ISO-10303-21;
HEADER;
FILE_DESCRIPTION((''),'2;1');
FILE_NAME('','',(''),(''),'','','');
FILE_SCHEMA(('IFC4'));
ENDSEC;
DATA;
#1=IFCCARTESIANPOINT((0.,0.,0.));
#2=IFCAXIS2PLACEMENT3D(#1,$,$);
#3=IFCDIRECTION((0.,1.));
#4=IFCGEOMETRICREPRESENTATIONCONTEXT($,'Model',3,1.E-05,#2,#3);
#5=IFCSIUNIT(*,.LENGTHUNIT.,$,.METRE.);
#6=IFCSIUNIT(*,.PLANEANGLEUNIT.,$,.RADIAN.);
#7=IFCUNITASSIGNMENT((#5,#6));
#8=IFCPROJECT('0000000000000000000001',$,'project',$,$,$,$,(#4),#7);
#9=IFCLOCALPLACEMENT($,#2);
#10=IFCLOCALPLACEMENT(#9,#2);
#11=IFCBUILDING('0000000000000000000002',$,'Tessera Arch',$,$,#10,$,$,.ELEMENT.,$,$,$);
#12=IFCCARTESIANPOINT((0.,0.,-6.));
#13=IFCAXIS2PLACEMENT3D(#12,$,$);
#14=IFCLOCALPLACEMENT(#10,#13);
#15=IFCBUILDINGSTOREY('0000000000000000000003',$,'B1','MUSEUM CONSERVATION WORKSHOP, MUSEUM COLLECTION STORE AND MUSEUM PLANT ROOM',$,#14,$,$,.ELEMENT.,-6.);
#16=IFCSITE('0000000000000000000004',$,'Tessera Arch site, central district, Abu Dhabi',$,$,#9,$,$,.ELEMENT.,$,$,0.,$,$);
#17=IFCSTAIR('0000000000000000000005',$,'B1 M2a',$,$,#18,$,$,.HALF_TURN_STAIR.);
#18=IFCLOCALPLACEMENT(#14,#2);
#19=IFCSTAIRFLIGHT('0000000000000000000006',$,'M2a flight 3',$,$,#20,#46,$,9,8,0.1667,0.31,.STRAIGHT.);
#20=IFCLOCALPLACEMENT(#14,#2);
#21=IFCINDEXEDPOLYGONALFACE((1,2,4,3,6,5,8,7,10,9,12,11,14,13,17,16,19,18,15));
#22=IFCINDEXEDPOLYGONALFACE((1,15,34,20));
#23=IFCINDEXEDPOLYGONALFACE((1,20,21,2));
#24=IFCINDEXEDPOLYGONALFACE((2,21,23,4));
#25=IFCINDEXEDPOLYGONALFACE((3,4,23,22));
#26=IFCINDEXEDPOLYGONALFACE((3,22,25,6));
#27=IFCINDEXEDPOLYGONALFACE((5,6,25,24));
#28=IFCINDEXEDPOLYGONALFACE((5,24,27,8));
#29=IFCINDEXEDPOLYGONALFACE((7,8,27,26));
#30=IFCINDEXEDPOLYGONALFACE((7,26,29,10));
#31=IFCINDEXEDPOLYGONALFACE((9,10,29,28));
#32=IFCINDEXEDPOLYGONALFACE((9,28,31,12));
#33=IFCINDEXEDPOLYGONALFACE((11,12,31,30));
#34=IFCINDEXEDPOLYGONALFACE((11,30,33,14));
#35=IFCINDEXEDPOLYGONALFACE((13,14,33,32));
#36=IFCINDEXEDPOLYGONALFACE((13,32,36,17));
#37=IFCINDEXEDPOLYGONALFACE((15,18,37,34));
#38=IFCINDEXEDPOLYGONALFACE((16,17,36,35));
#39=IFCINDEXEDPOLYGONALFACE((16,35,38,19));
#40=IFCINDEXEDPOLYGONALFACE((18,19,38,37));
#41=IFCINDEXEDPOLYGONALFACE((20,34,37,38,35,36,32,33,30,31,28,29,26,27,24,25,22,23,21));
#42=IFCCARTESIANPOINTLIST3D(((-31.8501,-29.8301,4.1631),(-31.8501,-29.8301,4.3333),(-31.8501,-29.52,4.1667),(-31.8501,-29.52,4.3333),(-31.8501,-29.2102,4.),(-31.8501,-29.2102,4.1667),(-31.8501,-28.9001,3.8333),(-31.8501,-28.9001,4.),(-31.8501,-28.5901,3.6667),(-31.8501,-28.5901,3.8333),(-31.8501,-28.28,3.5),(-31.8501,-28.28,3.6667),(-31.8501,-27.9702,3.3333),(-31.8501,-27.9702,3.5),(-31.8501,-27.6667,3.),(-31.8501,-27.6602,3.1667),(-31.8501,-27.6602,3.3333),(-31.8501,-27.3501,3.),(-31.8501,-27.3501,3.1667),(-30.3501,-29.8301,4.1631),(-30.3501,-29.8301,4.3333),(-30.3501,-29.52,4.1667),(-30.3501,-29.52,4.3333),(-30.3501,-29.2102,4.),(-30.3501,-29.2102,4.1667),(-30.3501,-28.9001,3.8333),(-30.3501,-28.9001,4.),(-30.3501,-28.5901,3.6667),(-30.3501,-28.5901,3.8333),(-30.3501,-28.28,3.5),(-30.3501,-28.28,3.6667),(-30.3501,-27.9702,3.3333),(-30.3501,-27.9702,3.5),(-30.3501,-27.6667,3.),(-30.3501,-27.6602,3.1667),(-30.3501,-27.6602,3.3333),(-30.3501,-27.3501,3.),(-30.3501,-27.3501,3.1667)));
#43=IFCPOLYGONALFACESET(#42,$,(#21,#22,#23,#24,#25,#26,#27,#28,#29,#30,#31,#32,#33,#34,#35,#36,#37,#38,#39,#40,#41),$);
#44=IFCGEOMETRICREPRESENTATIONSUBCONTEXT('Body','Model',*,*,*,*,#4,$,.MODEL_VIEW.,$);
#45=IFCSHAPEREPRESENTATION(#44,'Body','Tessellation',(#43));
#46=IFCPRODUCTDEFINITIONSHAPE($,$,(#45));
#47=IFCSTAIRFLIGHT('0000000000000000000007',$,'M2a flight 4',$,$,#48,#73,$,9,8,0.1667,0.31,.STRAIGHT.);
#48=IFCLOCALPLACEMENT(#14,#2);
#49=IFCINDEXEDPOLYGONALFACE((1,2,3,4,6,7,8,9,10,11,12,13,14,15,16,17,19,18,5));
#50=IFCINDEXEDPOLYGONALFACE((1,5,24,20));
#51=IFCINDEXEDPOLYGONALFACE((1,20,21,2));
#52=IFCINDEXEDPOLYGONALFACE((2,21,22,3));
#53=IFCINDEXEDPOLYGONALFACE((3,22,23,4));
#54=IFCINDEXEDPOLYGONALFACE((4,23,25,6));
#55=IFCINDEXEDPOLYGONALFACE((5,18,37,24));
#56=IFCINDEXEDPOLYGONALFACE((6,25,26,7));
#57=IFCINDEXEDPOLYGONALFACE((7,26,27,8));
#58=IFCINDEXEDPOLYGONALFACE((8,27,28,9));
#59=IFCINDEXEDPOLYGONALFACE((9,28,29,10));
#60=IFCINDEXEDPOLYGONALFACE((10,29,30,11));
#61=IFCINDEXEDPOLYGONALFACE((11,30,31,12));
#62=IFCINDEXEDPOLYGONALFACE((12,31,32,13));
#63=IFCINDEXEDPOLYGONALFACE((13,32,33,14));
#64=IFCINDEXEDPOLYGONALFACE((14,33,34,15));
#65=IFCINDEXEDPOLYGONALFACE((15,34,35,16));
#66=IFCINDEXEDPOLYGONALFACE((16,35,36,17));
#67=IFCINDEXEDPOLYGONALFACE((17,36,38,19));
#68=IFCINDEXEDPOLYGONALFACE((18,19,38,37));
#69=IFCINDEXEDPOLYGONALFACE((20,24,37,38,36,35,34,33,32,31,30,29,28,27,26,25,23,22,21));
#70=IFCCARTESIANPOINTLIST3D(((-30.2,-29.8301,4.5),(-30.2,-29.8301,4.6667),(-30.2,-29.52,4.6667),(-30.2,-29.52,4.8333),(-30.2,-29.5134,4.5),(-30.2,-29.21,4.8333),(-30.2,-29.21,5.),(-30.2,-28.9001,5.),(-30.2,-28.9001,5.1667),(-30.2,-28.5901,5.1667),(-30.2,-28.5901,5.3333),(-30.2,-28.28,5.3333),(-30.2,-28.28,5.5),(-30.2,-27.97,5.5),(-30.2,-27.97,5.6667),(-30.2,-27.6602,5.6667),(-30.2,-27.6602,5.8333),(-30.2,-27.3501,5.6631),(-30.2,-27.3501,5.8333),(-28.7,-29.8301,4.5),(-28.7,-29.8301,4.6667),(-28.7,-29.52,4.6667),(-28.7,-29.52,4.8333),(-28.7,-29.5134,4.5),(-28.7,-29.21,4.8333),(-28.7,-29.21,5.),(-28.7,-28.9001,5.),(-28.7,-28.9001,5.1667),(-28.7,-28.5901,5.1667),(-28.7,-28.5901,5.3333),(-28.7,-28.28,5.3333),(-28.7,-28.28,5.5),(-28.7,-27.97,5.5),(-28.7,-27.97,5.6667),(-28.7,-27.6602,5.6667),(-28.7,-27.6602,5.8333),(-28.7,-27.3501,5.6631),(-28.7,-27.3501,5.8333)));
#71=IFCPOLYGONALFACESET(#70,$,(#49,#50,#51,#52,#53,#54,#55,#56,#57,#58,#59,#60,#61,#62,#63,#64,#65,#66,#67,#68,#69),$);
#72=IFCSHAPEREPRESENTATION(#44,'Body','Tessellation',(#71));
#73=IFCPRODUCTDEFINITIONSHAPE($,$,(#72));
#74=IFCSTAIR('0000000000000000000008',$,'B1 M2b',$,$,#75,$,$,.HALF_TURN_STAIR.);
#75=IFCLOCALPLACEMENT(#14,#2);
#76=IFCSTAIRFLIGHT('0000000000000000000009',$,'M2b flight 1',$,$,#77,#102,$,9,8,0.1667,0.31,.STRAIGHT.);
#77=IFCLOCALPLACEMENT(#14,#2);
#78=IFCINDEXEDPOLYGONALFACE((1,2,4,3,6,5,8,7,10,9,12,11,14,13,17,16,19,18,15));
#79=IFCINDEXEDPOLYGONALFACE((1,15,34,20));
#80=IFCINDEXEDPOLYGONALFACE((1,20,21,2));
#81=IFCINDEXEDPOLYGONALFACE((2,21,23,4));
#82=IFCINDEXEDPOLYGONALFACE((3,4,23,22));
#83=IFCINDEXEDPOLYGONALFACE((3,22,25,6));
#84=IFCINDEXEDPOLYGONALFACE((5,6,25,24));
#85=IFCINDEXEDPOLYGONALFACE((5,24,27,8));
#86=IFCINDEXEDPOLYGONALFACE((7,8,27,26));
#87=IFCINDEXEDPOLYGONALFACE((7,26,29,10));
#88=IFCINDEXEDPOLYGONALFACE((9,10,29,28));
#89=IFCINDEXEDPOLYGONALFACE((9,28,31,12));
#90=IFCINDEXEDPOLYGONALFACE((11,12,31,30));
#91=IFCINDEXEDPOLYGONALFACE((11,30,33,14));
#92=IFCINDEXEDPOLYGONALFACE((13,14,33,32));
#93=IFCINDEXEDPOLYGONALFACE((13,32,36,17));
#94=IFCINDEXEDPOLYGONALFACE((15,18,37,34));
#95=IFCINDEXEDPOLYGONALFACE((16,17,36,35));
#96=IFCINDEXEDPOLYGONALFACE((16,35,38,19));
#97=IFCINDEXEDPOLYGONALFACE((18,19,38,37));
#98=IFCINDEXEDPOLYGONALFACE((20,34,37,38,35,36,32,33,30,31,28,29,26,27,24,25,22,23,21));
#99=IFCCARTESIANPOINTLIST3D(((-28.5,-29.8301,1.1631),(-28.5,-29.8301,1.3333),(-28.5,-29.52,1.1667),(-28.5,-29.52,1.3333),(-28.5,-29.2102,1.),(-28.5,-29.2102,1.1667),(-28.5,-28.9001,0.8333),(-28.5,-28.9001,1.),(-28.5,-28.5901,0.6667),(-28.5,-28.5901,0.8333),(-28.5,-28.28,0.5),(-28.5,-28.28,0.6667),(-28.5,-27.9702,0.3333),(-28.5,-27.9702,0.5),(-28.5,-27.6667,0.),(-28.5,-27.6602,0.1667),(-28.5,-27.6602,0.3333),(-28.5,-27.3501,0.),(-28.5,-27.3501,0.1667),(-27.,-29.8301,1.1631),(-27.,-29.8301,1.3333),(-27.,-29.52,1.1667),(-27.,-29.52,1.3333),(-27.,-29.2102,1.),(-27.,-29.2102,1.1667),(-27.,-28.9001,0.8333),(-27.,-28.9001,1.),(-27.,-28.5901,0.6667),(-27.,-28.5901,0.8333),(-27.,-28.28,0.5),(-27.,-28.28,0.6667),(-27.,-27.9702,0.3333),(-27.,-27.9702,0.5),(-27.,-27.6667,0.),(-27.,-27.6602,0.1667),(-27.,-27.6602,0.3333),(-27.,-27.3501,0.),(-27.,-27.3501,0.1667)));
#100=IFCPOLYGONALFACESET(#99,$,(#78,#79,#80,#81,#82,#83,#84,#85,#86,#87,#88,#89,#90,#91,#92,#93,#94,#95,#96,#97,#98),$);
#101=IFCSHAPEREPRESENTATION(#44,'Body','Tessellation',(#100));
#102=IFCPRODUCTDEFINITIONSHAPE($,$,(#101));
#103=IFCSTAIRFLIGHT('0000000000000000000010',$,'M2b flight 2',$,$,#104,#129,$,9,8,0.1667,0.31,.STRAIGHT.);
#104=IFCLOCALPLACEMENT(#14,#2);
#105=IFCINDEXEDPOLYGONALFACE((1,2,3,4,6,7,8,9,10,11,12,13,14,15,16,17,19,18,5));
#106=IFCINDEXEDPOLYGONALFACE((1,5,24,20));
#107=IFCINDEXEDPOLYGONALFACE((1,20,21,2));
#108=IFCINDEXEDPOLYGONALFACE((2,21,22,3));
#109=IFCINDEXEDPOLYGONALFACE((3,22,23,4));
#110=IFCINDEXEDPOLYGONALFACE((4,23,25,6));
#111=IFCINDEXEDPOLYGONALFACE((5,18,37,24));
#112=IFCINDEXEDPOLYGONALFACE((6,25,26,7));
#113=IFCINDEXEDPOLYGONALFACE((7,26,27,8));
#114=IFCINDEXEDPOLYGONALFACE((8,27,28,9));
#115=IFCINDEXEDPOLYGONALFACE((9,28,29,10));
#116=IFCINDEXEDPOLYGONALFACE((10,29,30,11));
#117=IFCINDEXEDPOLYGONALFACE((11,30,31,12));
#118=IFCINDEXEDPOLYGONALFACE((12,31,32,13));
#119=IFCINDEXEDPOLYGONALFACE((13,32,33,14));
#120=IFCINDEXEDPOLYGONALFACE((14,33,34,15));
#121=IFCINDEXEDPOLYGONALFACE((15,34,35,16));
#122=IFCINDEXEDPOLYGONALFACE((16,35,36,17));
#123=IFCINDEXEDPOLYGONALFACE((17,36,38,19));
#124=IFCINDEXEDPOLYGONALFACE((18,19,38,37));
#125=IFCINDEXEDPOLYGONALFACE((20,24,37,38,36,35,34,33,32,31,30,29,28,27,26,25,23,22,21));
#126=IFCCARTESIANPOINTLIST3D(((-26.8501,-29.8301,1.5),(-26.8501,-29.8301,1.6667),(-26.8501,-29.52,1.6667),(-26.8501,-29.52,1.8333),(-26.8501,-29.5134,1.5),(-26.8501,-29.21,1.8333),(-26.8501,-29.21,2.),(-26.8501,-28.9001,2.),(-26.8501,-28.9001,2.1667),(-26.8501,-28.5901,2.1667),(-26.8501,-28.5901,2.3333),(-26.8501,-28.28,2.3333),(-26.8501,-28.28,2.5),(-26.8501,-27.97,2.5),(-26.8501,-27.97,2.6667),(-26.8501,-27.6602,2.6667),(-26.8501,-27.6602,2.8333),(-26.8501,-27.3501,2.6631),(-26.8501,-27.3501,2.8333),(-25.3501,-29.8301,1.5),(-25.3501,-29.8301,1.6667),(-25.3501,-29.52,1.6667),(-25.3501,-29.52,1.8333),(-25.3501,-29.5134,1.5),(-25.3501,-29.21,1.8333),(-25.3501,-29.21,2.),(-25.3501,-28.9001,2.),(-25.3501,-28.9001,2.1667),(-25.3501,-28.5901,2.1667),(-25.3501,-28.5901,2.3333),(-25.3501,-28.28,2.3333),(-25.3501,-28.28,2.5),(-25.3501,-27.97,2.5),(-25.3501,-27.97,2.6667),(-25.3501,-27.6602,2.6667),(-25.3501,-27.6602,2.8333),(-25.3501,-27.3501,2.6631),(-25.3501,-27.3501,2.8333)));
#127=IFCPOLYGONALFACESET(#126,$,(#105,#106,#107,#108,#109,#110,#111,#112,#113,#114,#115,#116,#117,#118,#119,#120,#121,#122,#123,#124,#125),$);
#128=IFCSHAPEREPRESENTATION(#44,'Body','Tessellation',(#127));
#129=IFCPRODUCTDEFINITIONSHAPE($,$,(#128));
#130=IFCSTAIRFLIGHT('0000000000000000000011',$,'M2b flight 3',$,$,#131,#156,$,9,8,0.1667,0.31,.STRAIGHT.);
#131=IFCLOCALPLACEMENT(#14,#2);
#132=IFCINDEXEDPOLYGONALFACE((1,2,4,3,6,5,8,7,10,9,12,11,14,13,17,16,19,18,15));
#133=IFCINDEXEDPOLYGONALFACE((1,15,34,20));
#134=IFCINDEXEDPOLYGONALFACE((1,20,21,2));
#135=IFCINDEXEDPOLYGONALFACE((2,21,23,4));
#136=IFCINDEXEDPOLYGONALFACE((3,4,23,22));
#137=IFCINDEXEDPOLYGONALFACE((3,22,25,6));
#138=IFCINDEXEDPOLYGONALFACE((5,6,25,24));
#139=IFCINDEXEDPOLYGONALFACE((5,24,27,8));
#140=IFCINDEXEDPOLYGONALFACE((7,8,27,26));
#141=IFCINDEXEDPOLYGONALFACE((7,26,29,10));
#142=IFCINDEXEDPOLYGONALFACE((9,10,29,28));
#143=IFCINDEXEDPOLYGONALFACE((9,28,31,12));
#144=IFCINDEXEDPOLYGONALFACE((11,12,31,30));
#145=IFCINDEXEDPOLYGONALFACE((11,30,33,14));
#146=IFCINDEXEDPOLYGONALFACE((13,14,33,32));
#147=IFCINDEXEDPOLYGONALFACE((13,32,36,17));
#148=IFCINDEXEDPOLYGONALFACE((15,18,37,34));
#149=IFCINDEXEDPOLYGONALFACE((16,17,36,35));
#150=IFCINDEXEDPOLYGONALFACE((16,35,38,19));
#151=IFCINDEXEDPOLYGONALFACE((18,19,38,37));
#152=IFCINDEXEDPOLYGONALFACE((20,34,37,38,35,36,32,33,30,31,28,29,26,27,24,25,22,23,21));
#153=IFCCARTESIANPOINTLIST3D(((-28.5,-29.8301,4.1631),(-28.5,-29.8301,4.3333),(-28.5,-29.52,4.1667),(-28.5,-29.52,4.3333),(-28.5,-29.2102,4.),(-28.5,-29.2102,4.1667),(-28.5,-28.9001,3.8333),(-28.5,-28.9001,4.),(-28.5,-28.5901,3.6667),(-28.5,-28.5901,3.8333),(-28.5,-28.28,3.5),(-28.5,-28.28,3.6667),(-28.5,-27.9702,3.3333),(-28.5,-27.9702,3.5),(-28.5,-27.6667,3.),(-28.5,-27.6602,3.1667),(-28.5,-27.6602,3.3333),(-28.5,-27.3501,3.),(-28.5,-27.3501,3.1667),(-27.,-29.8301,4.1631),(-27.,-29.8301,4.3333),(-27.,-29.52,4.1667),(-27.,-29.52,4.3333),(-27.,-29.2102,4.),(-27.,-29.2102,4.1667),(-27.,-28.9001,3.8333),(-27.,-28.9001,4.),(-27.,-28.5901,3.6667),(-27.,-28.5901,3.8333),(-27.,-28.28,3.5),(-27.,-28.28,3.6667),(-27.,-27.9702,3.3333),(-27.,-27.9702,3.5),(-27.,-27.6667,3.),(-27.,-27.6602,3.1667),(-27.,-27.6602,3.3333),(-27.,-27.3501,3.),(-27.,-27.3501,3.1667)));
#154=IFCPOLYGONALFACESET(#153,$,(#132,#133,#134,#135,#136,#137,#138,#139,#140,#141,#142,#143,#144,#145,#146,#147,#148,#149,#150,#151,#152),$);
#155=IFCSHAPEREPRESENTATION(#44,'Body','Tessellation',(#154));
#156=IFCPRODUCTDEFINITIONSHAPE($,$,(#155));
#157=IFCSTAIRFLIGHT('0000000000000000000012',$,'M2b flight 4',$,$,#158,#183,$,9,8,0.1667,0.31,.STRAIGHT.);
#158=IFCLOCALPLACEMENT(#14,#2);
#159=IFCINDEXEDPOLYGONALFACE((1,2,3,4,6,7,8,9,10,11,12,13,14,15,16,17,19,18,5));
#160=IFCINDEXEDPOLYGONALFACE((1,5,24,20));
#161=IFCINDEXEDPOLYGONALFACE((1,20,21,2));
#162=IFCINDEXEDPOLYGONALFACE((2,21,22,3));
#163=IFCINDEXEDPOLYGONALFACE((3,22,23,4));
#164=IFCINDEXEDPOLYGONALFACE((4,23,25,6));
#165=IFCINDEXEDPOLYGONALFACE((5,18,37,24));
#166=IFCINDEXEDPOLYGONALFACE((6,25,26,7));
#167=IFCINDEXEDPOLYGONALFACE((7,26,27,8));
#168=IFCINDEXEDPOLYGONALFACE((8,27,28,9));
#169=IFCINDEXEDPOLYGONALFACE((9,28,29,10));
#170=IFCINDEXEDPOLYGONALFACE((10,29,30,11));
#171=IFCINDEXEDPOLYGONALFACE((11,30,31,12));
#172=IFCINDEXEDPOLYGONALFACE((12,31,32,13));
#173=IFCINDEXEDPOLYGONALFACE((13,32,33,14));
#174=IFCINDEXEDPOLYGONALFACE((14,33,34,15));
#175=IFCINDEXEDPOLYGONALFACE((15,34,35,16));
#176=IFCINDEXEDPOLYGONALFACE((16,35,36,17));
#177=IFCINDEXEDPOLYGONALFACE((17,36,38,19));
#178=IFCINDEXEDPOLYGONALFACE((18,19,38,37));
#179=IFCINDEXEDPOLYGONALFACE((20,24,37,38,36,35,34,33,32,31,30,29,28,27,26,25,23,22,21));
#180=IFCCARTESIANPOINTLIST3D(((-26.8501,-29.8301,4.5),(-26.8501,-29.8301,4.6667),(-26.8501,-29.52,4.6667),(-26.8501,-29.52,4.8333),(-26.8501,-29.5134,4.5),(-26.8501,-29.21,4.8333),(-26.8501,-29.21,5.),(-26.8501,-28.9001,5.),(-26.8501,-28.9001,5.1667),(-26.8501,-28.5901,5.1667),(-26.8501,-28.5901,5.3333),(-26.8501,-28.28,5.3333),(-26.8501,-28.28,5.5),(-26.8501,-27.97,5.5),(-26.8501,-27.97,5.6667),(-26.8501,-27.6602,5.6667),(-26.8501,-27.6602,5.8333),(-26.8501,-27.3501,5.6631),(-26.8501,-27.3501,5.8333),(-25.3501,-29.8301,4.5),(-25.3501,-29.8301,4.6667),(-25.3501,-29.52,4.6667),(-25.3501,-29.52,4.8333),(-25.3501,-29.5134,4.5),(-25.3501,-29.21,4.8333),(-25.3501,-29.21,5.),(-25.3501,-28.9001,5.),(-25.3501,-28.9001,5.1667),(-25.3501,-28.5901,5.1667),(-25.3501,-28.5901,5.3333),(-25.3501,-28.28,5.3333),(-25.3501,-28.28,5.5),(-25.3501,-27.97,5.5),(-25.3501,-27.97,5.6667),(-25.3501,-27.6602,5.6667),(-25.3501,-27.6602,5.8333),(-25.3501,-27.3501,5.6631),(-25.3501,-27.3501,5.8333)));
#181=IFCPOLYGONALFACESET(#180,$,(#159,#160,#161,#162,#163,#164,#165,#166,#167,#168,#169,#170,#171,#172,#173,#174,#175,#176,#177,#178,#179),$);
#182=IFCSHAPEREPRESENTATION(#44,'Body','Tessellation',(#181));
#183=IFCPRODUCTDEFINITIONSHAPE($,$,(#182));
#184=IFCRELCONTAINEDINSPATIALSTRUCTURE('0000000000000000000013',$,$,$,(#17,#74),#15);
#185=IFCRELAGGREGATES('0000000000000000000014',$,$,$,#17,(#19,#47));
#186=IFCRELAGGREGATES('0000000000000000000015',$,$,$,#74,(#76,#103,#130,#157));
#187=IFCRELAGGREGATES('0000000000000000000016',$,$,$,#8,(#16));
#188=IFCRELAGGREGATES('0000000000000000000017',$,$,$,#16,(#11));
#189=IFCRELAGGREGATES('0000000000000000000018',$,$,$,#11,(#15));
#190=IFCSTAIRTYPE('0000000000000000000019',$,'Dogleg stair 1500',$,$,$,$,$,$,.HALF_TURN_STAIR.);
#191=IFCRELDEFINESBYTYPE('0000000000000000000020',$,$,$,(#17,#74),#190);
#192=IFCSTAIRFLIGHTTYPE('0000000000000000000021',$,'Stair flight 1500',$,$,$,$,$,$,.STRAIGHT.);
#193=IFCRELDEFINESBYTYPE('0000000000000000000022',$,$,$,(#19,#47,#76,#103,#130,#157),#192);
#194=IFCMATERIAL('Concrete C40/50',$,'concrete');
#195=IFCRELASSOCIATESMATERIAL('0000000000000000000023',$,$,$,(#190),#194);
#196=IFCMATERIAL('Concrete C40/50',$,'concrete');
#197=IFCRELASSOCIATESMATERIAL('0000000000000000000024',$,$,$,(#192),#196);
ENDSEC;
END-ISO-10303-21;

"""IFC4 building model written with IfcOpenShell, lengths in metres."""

from ifc_helpers import new_model, si_unit, direction, frame, origin, place, context, subcontext, project, spatial, polyline, outline, extrude, material, type_object, element, aggregate, save


model = new_model("IFC4")

# Units and contexts
model_context = context("Model", 3, precision=1e-05, world=origin(), true_north=direction((0.0, 1.0)))
body_context = subcontext(model_context, "Body", "Model", "MODEL_VIEW")
ifc_project = project(units=[si_unit("LENGTHUNIT", "METRE"), si_unit("PLANEANGLEUNIT", "RADIAN")], contexts=[model_context])

# Site, building, storey
site_placement = place(None, origin())
site = spatial("IfcSite", under=ifc_project, at=site_placement, Name="Tessera Arch site, central district, Abu Dhabi", CompositionType="ELEMENT", RefElevation=0.0)
building_placement = place(site_placement, origin())
building = spatial("IfcBuilding", under=site, at=building_placement, Name="Tessera Arch", CompositionType="ELEMENT")
storey_placement = place(building_placement, frame((0.0, 0.0, -6.0)))
storey = spatial("IfcBuildingStorey", under=building, at=storey_placement, Name="B1", Description="MUSEUM CONSERVATION WORKSHOP, MUSEUM COLLECTION STORE AND MUSEUM PLANT ROOM", CompositionType="ELEMENT", Elevation=-6.0)

# Stairs, stair flights
ifc_material_1 = material(Name="Concrete C40/50", Category="concrete")
stair_type = type_object("IfcStairType", Name="Dogleg stair 1500", PredefinedType="HALF_TURN_STAIR", material=ifc_material_1)
stair_1_placement = place(storey_placement, origin())
stair_1 = element("IfcStair", 1, at=stair_1_placement, inside=storey, type_object=stair_type, Name="B1 M2a", PredefinedType="HALF_TURN_STAIR")
ifc_material_2 = material(Name="Concrete C40/50", Category="concrete")
stair_flight_type = type_object("IfcStairFlightType", Name="Stair flight 1500", PredefinedType="STRAIGHT", material=ifc_material_2)
stair_flight_1_placement = place(storey_placement, frame((-31.1001, -27.3501, 3.0), z_axis=(0.0, 0.0, 1.0), x_axis=(0.0, -1.0, 0.0)))
stair_flight_1 = element("IfcStairFlight", 2, at=stair_flight_1_placement, type_object=stair_flight_type, Name="M2a flight 3", NumberOfRisers=9, NumberOfTreads=8, PredefinedType="STRAIGHT", RiserHeight=0.1667, TreadLength=0.31, context=body_context, shape_type="SweptSolid", body=[
    extrude(outline(polyline([(0.0, 0.0), (0.0, 0.1667), (0.3101, 0.1667), (0.3101, 0.3333), (0.6201, 0.3333), (0.6201, 0.5), (0.9299, 0.5), (0.9299, 0.6667), (1.24, 0.6667), (1.24, 0.8333), (1.55, 0.8333), (1.55, 1.0), (1.8601, 1.0), (1.8601, 1.1667), (2.1699, 1.1667), (2.1699, 1.3333), (2.48, 1.3333), (2.48, 1.5), (2.48, 1.1631), (0.3167, 0.0), (0.0, 0.0)])), frame((0.0, 0.75, 0.0), z_axis=(0.0, -1.0, 0.0), x_axis=(1.0, 0.0, 0.0)), (0.0, 0.0, 1.0), 1.5),
])
stair_flight_2_placement = place(storey_placement, frame((-29.45, -29.8301, 4.5), z_axis=(0.0, 0.0, 1.0), x_axis=(0.0, 1.0, 0.0)))
stair_flight_2 = element("IfcStairFlight", 3, at=stair_flight_2_placement, type_object=stair_flight_type, Name="M2a flight 4", NumberOfRisers=9, NumberOfTreads=8, PredefinedType="STRAIGHT", RiserHeight=0.1667, TreadLength=0.31, context=body_context, shape_type="SweptSolid", body=[
    extrude(outline(polyline([(0.0, 0.0), (0.0, 0.1667), (0.3101, 0.1667), (0.3101, 0.3333), (0.6201, 0.3333), (0.6201, 0.5), (0.9299, 0.5), (0.9299, 0.6667), (1.24, 0.6667), (1.24, 0.8333), (1.55, 0.8333), (1.55, 1.0), (1.8601, 1.0), (1.8601, 1.1667), (2.1699, 1.1667), (2.1699, 1.3333), (2.48, 1.3333), (2.48, 1.5), (2.48, 1.1631), (0.3167, 0.0), (0.0, 0.0)])), frame((0.0, 0.75, 0.0), z_axis=(0.0, -1.0, 0.0), x_axis=(1.0, 0.0, 0.0)), (0.0, 0.0, 1.0), 1.5),
])
aggregate(stair_1, [stair_flight_1, stair_flight_2])
stair_2_placement = place(storey_placement, origin())
stair_2 = element("IfcStair", 4, at=stair_2_placement, inside=storey, type_object=stair_type, Name="B1 M2b", PredefinedType="HALF_TURN_STAIR")
stair_flight_3_placement = place(storey_placement, frame((-27.75, -27.3501, 0.0), z_axis=(0.0, 0.0, 1.0), x_axis=(0.0, -1.0, 0.0)))
stair_flight_3 = element("IfcStairFlight", 5, at=stair_flight_3_placement, type_object=stair_flight_type, Name="M2b flight 1", NumberOfRisers=9, NumberOfTreads=8, PredefinedType="STRAIGHT", RiserHeight=0.1667, TreadLength=0.31, context=body_context, shape_type="SweptSolid", body=[
    extrude(outline(polyline([(0.0, 0.0), (0.0, 0.1667), (0.3101, 0.1667), (0.3101, 0.3333), (0.6201, 0.3333), (0.6201, 0.5), (0.9299, 0.5), (0.9299, 0.6667), (1.24, 0.6667), (1.24, 0.8333), (1.55, 0.8333), (1.55, 1.0), (1.8601, 1.0), (1.8601, 1.1667), (2.1699, 1.1667), (2.1699, 1.3333), (2.48, 1.3333), (2.48, 1.5), (2.48, 1.1631), (0.3167, 0.0), (0.0, 0.0)])), frame((0.0, 0.75, 0.0), z_axis=(0.0, -1.0, 0.0), x_axis=(1.0, 0.0, 0.0)), (0.0, 0.0, 1.0), 1.5),
])
stair_flight_4_placement = place(storey_placement, frame((-26.1001, -29.8301, 1.5), z_axis=(0.0, 0.0, 1.0), x_axis=(0.0, 1.0, 0.0)))
stair_flight_4 = element("IfcStairFlight", 6, at=stair_flight_4_placement, type_object=stair_flight_type, Name="M2b flight 2", NumberOfRisers=9, NumberOfTreads=8, PredefinedType="STRAIGHT", RiserHeight=0.1667, TreadLength=0.31, context=body_context, shape_type="SweptSolid", body=[
    extrude(outline(polyline([(0.0, 0.0), (0.0, 0.1667), (0.3101, 0.1667), (0.3101, 0.3333), (0.6201, 0.3333), (0.6201, 0.5), (0.9299, 0.5), (0.9299, 0.6667), (1.24, 0.6667), (1.24, 0.8333), (1.55, 0.8333), (1.55, 1.0), (1.8601, 1.0), (1.8601, 1.1667), (2.1699, 1.1667), (2.1699, 1.3333), (2.48, 1.3333), (2.48, 1.5), (2.48, 1.1631), (0.3167, 0.0), (0.0, 0.0)])), frame((0.0, 0.75, 0.0), z_axis=(0.0, -1.0, 0.0), x_axis=(1.0, 0.0, 0.0)), (0.0, 0.0, 1.0), 1.5),
])
stair_flight_5_placement = place(storey_placement, frame((-27.75, -27.3501, 3.0), z_axis=(0.0, 0.0, 1.0), x_axis=(0.0, -1.0, 0.0)))
stair_flight_5 = element("IfcStairFlight", 7, at=stair_flight_5_placement, type_object=stair_flight_type, Name="M2b flight 3", NumberOfRisers=9, NumberOfTreads=8, PredefinedType="STRAIGHT", RiserHeight=0.1667, TreadLength=0.31, context=body_context, shape_type="SweptSolid", body=[
    extrude(outline(polyline([(0.0, 0.0), (0.0, 0.1667), (0.3101, 0.1667), (0.3101, 0.3333), (0.6201, 0.3333), (0.6201, 0.5), (0.9299, 0.5), (0.9299, 0.6667), (1.24, 0.6667), (1.24, 0.8333), (1.55, 0.8333), (1.55, 1.0), (1.8601, 1.0), (1.8601, 1.1667), (2.1699, 1.1667), (2.1699, 1.3333), (2.48, 1.3333), (2.48, 1.5), (2.48, 1.1631), (0.3167, 0.0), (0.0, 0.0)])), frame((0.0, 0.75, 0.0), z_axis=(0.0, -1.0, 0.0), x_axis=(1.0, 0.0, 0.0)), (0.0, 0.0, 1.0), 1.5),
])
stair_flight_6_placement = place(storey_placement, frame((-26.1001, -29.8301, 4.5), z_axis=(0.0, 0.0, 1.0), x_axis=(0.0, 1.0, 0.0)))
stair_flight_6 = element("IfcStairFlight", 8, at=stair_flight_6_placement, type_object=stair_flight_type, Name="M2b flight 4", NumberOfRisers=9, NumberOfTreads=8, PredefinedType="STRAIGHT", RiserHeight=0.1667, TreadLength=0.31, context=body_context, shape_type="SweptSolid", body=[
    extrude(outline(polyline([(0.0, 0.0), (0.0, 0.1667), (0.3101, 0.1667), (0.3101, 0.3333), (0.6201, 0.3333), (0.6201, 0.5), (0.9299, 0.5), (0.9299, 0.6667), (1.24, 0.6667), (1.24, 0.8333), (1.55, 0.8333), (1.55, 1.0), (1.8601, 1.0), (1.8601, 1.1667), (2.1699, 1.1667), (2.1699, 1.3333), (2.48, 1.3333), (2.48, 1.5), (2.48, 1.1631), (0.3167, 0.0), (0.0, 0.0)])), frame((0.0, 0.75, 0.0), z_axis=(0.0, -1.0, 0.0), x_axis=(1.0, 0.0, 0.0)), (0.0, 0.0, 1.0), 1.5),
])
aggregate(stair_2, [stair_flight_3, stair_flight_4, stair_flight_5, stair_flight_6])

save(model, "model.ifc")
